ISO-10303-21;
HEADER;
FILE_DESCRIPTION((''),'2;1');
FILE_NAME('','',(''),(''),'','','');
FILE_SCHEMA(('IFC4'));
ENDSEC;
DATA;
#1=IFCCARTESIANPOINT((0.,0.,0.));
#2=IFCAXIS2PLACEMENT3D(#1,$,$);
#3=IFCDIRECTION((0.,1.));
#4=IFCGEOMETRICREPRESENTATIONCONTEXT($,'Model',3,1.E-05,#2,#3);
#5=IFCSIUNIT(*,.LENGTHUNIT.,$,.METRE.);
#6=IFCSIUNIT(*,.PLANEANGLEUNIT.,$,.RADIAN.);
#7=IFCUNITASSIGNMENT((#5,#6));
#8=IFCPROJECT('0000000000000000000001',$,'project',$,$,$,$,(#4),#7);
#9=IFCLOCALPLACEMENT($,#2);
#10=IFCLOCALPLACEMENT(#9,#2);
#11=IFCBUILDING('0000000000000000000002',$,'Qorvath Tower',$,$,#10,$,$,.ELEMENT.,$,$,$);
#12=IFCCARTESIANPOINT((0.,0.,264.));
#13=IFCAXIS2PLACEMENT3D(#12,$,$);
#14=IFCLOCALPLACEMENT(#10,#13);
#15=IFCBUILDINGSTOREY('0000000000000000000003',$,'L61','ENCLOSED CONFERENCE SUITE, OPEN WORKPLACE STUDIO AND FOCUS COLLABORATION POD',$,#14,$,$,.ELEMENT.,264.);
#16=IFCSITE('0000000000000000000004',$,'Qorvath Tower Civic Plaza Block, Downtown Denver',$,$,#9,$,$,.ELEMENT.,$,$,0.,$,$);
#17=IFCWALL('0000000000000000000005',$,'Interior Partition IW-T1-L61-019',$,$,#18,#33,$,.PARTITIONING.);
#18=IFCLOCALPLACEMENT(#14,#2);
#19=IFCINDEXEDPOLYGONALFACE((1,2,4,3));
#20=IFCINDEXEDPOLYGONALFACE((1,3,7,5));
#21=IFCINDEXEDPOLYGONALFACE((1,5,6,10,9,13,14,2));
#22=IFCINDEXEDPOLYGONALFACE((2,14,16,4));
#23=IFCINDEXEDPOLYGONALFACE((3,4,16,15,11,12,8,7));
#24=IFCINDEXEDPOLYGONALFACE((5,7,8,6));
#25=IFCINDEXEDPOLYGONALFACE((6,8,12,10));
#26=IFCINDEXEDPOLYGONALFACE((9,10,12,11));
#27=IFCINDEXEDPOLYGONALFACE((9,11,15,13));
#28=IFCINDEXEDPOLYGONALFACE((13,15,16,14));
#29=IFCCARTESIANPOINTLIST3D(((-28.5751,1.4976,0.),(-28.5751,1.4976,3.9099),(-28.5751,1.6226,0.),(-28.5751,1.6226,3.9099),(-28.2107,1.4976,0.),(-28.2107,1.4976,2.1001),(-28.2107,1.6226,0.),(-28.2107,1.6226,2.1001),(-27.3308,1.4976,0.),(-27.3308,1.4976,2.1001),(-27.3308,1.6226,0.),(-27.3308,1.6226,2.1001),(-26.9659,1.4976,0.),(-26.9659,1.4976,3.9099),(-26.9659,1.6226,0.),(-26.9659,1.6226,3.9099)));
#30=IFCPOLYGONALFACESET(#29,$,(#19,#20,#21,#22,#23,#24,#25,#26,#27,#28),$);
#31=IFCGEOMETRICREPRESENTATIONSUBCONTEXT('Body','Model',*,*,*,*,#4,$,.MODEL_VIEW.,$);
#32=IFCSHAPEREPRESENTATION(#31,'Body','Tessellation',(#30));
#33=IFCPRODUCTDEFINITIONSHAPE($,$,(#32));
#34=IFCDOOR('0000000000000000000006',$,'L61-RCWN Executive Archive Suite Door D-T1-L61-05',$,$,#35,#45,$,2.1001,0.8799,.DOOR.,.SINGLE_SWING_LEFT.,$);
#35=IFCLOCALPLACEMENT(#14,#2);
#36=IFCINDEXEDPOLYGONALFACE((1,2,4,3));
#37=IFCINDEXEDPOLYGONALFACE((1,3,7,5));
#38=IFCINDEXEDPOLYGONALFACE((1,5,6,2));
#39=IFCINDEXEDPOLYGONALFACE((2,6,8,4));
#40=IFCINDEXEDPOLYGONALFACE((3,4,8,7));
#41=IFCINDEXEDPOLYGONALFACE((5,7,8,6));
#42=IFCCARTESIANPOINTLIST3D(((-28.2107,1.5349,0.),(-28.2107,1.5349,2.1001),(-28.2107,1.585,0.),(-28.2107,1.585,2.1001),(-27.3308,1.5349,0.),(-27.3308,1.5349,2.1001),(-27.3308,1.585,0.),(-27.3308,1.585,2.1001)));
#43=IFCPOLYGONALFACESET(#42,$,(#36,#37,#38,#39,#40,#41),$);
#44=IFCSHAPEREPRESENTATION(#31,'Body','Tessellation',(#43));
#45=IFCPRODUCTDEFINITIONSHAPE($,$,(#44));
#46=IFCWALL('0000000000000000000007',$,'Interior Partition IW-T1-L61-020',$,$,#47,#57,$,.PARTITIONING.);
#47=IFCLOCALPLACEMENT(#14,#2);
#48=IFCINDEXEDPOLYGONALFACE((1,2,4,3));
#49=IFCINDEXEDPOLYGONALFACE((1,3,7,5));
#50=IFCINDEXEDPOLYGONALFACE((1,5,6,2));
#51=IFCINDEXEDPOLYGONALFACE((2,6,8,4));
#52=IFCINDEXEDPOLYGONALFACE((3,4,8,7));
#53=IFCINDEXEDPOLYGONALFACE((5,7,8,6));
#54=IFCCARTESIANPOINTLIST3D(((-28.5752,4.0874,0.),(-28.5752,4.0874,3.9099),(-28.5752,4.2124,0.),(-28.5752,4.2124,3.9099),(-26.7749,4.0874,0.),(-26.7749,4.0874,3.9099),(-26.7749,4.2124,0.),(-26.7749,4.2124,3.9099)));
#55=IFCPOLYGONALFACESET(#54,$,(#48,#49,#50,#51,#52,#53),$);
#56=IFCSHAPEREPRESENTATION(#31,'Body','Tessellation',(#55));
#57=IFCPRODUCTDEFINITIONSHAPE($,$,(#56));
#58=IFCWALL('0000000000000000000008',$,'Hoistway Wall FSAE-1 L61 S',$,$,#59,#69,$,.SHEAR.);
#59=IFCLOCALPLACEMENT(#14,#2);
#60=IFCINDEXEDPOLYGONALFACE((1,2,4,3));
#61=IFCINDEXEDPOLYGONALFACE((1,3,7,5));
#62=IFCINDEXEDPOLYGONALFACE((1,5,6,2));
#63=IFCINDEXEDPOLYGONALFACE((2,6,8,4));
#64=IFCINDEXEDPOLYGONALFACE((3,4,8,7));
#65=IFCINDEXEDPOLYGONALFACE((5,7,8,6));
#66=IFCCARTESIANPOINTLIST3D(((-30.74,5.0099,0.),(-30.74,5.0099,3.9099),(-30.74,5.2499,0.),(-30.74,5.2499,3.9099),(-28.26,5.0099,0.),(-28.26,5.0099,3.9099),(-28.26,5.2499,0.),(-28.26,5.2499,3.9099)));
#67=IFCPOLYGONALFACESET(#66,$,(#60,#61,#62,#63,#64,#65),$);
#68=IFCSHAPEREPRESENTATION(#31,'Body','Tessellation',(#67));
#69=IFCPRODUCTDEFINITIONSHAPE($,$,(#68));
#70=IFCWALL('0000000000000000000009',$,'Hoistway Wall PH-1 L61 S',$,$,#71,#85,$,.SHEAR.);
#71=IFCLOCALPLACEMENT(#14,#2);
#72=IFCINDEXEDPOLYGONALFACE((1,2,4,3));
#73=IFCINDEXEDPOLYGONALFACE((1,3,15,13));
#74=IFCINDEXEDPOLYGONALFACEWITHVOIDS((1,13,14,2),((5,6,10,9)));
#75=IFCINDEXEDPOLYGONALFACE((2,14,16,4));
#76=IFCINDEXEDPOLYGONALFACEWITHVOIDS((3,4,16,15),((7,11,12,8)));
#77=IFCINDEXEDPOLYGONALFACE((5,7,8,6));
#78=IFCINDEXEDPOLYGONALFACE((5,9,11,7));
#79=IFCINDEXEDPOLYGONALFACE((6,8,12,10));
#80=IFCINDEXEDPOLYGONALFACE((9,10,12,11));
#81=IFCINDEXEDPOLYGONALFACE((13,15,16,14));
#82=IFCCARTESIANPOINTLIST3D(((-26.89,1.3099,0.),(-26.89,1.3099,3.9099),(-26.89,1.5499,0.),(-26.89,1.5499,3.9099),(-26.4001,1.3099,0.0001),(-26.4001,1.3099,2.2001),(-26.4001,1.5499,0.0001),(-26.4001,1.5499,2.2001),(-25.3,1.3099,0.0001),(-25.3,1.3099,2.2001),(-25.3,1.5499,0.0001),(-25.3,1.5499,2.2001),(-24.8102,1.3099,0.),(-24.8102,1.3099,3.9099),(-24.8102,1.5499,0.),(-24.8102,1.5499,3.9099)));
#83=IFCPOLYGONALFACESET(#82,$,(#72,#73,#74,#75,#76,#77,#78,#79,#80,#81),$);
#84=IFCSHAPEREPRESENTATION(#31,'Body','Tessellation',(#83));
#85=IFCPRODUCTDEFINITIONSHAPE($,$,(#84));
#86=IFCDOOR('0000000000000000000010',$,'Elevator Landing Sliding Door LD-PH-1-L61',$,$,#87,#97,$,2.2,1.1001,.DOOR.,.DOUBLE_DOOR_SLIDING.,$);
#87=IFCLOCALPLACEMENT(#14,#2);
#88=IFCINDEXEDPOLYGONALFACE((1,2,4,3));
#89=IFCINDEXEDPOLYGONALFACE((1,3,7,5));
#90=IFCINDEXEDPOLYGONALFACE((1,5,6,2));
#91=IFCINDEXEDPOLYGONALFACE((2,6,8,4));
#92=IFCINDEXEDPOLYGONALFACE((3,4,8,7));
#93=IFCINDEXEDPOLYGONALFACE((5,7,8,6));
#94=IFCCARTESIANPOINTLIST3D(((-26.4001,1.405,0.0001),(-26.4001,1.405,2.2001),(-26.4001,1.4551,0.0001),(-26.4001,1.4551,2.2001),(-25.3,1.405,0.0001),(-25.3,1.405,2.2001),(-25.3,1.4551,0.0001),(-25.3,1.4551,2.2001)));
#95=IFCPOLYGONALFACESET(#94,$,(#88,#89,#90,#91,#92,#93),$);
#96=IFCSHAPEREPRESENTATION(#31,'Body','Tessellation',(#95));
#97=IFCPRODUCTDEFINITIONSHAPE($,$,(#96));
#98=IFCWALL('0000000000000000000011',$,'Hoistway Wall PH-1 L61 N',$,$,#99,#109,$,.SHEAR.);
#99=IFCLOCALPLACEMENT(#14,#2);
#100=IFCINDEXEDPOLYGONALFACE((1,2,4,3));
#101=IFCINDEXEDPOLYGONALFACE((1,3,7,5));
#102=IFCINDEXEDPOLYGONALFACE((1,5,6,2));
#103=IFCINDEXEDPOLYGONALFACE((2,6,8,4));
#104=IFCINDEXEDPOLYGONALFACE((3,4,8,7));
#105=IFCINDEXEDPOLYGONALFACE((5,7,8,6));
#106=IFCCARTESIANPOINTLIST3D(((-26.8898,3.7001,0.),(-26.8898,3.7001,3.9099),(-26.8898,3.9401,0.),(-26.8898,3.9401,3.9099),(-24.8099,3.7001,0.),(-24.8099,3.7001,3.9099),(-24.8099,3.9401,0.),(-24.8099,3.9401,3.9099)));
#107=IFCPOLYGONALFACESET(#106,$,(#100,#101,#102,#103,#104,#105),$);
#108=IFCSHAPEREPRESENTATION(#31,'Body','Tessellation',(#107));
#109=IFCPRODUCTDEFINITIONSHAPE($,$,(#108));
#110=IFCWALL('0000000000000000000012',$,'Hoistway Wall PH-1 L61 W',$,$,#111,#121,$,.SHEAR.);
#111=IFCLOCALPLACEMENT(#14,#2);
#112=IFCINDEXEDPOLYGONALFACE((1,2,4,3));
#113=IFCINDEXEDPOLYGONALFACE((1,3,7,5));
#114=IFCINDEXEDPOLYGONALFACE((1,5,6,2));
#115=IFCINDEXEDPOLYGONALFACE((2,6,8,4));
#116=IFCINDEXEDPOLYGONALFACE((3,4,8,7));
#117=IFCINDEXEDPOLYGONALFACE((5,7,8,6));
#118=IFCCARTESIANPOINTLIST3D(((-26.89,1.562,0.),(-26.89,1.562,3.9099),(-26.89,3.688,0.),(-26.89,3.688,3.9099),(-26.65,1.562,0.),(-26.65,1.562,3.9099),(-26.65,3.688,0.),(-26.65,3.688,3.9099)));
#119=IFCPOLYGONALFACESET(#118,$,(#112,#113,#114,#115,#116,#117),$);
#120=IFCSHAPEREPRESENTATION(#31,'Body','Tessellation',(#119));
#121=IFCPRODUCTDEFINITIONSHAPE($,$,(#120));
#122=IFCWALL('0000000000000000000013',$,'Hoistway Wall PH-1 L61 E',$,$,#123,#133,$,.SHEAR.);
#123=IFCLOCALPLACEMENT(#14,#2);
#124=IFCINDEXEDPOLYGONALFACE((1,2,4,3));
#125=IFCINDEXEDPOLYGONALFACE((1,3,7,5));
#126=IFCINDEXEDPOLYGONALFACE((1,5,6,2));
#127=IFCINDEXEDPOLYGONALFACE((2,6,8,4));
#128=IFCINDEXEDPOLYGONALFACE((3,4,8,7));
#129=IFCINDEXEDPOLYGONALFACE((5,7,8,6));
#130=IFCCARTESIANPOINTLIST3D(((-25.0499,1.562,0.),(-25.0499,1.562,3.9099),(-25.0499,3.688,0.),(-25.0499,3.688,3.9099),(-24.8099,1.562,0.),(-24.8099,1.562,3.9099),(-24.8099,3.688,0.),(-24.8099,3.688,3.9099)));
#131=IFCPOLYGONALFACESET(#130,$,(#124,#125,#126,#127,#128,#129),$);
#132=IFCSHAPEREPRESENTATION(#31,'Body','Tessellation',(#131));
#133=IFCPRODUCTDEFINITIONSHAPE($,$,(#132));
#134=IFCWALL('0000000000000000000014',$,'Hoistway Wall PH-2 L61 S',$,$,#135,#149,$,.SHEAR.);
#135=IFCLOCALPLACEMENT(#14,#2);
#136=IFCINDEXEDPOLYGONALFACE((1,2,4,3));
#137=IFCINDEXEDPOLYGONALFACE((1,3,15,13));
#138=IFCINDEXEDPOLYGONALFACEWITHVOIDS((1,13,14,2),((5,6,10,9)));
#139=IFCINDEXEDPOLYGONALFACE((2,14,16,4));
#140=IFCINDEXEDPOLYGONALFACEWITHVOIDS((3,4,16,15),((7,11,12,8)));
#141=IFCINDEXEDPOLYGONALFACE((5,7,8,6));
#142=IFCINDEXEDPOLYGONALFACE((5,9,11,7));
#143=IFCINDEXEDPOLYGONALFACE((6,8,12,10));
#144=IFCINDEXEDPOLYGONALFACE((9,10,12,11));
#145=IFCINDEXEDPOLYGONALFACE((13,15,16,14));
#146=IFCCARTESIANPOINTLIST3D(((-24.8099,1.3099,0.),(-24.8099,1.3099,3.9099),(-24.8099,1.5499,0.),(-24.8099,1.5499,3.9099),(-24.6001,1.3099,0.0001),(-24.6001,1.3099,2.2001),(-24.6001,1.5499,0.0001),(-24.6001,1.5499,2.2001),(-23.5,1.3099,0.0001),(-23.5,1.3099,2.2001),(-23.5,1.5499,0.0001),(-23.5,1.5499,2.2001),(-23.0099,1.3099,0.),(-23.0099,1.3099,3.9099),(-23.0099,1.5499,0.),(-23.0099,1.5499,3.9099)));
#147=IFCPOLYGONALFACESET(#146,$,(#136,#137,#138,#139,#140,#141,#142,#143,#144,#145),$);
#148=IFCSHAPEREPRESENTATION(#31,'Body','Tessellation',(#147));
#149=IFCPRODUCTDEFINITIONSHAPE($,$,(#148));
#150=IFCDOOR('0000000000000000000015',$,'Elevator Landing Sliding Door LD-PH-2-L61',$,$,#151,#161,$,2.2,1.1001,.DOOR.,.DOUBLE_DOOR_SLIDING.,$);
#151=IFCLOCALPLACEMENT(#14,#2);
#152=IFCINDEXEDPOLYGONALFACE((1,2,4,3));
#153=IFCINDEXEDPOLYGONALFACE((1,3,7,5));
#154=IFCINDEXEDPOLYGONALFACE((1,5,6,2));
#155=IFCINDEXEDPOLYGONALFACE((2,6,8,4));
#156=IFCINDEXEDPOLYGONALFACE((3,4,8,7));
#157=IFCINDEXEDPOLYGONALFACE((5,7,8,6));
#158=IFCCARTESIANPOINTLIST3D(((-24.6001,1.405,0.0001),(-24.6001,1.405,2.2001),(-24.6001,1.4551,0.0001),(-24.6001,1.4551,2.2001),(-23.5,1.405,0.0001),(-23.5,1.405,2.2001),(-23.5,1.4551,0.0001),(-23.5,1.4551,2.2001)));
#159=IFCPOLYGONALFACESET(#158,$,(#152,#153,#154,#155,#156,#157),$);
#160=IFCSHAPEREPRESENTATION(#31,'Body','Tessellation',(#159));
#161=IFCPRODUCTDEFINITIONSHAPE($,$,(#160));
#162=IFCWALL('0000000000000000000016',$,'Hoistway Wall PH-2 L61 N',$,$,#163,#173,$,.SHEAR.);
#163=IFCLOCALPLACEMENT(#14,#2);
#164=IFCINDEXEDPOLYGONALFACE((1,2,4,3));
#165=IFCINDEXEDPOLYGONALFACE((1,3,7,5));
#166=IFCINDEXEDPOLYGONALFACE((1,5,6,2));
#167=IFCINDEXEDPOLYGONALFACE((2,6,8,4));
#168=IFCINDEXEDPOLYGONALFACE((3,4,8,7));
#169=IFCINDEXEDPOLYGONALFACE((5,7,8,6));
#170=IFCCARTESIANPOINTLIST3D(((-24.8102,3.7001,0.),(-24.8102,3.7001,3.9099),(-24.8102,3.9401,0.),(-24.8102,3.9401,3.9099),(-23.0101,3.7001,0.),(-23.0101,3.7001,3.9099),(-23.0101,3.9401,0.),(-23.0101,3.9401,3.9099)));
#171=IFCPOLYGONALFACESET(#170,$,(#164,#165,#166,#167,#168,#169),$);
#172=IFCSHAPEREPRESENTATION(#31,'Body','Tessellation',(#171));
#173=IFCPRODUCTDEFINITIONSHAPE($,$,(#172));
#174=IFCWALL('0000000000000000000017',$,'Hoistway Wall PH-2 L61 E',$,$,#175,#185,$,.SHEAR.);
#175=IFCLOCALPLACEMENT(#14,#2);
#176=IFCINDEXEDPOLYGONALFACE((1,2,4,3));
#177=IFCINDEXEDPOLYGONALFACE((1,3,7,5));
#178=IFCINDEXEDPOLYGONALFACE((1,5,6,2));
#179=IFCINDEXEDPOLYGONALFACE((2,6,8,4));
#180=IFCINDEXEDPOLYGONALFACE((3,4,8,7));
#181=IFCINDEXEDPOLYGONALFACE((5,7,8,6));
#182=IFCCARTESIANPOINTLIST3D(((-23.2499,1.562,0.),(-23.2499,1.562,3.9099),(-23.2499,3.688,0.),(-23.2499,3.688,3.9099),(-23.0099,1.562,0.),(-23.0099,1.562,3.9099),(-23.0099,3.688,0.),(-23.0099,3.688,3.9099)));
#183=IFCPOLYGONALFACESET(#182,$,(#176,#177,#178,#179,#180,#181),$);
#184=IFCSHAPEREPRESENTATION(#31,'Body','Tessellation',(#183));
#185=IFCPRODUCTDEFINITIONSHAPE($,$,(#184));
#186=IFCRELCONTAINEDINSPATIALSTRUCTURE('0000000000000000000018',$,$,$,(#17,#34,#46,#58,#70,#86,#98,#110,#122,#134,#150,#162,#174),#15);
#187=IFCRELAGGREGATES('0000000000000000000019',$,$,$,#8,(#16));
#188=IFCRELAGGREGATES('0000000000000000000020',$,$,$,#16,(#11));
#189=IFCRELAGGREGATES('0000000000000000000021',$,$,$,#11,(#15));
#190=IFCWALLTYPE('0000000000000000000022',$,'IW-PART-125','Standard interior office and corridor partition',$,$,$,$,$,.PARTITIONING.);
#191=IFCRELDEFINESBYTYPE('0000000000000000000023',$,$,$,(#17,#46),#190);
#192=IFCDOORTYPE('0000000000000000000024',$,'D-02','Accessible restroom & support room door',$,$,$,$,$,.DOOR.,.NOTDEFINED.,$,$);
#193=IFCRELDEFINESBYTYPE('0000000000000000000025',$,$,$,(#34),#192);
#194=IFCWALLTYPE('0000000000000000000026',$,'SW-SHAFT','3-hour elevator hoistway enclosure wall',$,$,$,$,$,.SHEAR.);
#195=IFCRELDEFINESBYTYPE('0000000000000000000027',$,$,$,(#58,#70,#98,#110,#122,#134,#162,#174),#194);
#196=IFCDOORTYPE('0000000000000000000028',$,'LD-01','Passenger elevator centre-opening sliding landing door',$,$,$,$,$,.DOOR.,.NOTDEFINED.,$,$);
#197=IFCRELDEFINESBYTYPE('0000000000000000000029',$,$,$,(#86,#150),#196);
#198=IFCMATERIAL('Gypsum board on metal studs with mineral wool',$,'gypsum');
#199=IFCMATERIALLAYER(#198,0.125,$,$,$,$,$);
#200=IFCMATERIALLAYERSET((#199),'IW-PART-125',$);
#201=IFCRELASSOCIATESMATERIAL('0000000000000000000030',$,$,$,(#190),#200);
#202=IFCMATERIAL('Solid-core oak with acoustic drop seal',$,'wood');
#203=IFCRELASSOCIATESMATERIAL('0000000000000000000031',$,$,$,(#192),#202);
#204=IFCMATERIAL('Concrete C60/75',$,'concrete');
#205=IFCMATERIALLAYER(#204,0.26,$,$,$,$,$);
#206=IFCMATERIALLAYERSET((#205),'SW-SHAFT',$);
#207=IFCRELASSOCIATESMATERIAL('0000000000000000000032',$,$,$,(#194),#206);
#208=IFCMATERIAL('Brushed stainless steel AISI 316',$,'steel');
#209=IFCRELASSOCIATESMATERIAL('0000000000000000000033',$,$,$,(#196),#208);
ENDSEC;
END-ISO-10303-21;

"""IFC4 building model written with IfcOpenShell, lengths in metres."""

from ifc_helpers import new_model, si_unit, direction, frame, frame_2d, origin, place, context, subcontext, project, spatial, rectangle, extrude, material, layer, layer_set, type_object, element, fill, save


model = new_model("IFC4")

# Units and contexts
model_context = context("Model", 3, precision=1e-05, world=origin(), true_north=direction((0.0, 1.0)))
body_context = subcontext(model_context, "Body", "Model", "MODEL_VIEW")
ifc_project = project(units=[si_unit("LENGTHUNIT", "METRE"), si_unit("PLANEANGLEUNIT", "RADIAN")], contexts=[model_context])

# Site, building, storey
site_placement = place(None, origin())
site = spatial("IfcSite", under=ifc_project, at=site_placement, Name="Qorvath Tower Civic Plaza Block, Downtown Denver", CompositionType="ELEMENT", RefElevation=0.0)
building_placement = place(site_placement, origin())
building = spatial("IfcBuilding", under=site, at=building_placement, Name="Qorvath Tower", CompositionType="ELEMENT")
storey_placement = place(building_placement, frame((0.0, 0.0, 264.0)))
storey = spatial("IfcBuildingStorey", under=building, at=storey_placement, Name="L61", Description="ENCLOSED CONFERENCE SUITE, OPEN WORKPLACE STUDIO AND FOCUS COLLABORATION POD", CompositionType="ELEMENT", Elevation=264.0)

# Shared definitions
ifc_material_1 = material(Name="Gypsum board on metal studs with mineral wool", Category="gypsum")
ifc_layer_1 = layer(ifc_material_1, 0.125)
ifc_layer_set_1 = layer_set([ifc_layer_1], Name="IW-PART-125")
wall_type_1 = type_object("IfcWallType", Name="IW-PART-125", Description="Standard interior office and corridor partition", PredefinedType="PARTITIONING", material=ifc_layer_set_1)

# Wall, opening, door
wall_1_placement = place(storey_placement, frame((-28.5752, 1.5601, 0.0), z_axis=(0.0, 0.0, 1.0), x_axis=(1.0, 0.0, 0.0)))
wall_1 = element("IfcWall", 1, at=wall_1_placement, inside=storey, type_object=wall_type_1, Name="Interior Partition IW-T1-L61-019", PredefinedType="PARTITIONING", context=body_context, shape_type="SweptSolid", body=[
    extrude(rectangle(XDim=1.6091, YDim=0.125, at=frame_2d((0.8047, 0.0))), origin(), (0.0, 0.0, 1.0), 3.9099),
])
opening_1_placement = place(wall_1_placement, frame((0.3645, 0.0, 0.0)))
opening_1 = element("IfcOpeningElement", 2, at=opening_1_placement, cuts=wall_1, PredefinedType="OPENING", context=body_context, shape_type="SweptSolid", body=[
    extrude(rectangle(XDim=0.8799, YDim=2.1001, at=frame_2d((0.4399, 1.05))), frame((0.0, 0.0725, 0.0), z_axis=(0.0, -1.0, 0.0), x_axis=(1.0, 0.0, 0.0)), (0.0, 0.0, 1.0), 0.145),
])
ifc_material_2 = material(Name="Solid-core oak with acoustic drop seal", Category="wood")
door_type_1 = type_object("IfcDoorType", Name="D-02", Description="Accessible restroom & support room door", OperationType="NOTDEFINED", PredefinedType="DOOR", material=ifc_material_2)
door_1_placement = place(opening_1_placement, origin())
door_1 = element("IfcDoor", 3, at=door_1_placement, inside=storey, type_object=door_type_1, Name="L61-RCWN Executive Archive Suite Door D-T1-L61-05", OperationType="SINGLE_SWING_LEFT", OverallHeight=2.1001, OverallWidth=0.8799, PredefinedType="DOOR", context=body_context, shape_type="SweptSolid", body=[
    extrude(rectangle(XDim=0.8799, YDim=2.1001, at=frame_2d((0.4399, 1.05))), frame((0.0, 0.0249, 0.0), z_axis=(0.0, -1.0, 0.0), x_axis=(1.0, 0.0, 0.0)), (0.0, 0.0, 1.0), 0.05),
])
fill(opening_1, door_1)

# Walls
wall_2_placement = place(storey_placement, frame((-26.7749, 4.1499, 0.0), z_axis=(0.0, 0.0, 1.0), x_axis=(-1.0, 0.0, 0.0)))
element("IfcWall", 4, at=wall_2_placement, inside=storey, type_object=wall_type_1, Name="Interior Partition IW-T1-L61-020", PredefinedType="PARTITIONING", context=body_context, shape_type="SweptSolid", body=[
    extrude(rectangle(XDim=1.8003, YDim=0.125, at=frame_2d((0.9001, 0.0))), origin(), (0.0, 0.0, 1.0), 3.9099),
])
ifc_material_3 = material(Name="Concrete C60/75", Category="concrete")
ifc_layer_2 = layer(ifc_material_3, 0.26)
ifc_layer_set_2 = layer_set([ifc_layer_2], Name="SW-SHAFT")
wall_type_2 = type_object("IfcWallType", Name="SW-SHAFT", Description="3-hour elevator hoistway enclosure wall", PredefinedType="SHEAR", material=ifc_layer_set_2)
wall_3_placement = place(storey_placement, frame((-28.26, 5.1299, 0.0), z_axis=(0.0, 0.0, 1.0), x_axis=(-1.0, 0.0, 0.0)))
element("IfcWall", 5, at=wall_3_placement, inside=storey, type_object=wall_type_2, Name="Hoistway Wall FSAE-1 L61 S", PredefinedType="SHEAR", context=body_context, shape_type="SweptSolid", body=[
    extrude(rectangle(XDim=2.48, YDim=0.24, at=frame_2d((1.24, 0.0))), origin(), (0.0, 0.0, 1.0), 3.9099),
])

# Wall, opening, door
wall_4_placement = place(storey_placement, frame((-24.8101, 1.4299, 0.0), z_axis=(0.0, 0.0, 1.0), x_axis=(-1.0, 0.0, 0.0)))
wall_4 = element("IfcWall", 6, at=wall_4_placement, inside=storey, type_object=wall_type_2, Name="Hoistway Wall PH-1 L61 S", PredefinedType="SHEAR", context=body_context, shape_type="SweptSolid", body=[
    extrude(rectangle(XDim=2.0798, YDim=0.24, at=frame_2d((1.04, 0.0))), origin(), (0.0, 0.0, 1.0), 3.9099),
])
opening_2_placement = place(wall_4_placement, frame((0.49, 0.0, 0.0)))
opening_2 = element("IfcOpeningElement", 7, at=opening_2_placement, cuts=wall_4, PredefinedType="OPENING", context=body_context, shape_type="SweptSolid", body=[
    extrude(rectangle(XDim=1.1001, YDim=2.2, at=frame_2d((0.55, 1.1001))), frame((0.0, 0.1299, 0.0), z_axis=(0.0, -1.0, 0.0), x_axis=(1.0, 0.0, 0.0)), (0.0, 0.0, 1.0), 0.26),
])
ifc_material_4 = material(Name="Brushed stainless steel AISI 316", Category="steel")
door_type_2 = type_object("IfcDoorType", Name="LD-01", Description="Passenger elevator centre-opening sliding landing door", OperationType="NOTDEFINED", PredefinedType="DOOR", material=ifc_material_4)
door_2_placement = place(opening_2_placement, origin())
door_2 = element("IfcDoor", 8, at=door_2_placement, inside=storey, type_object=door_type_2, Name="Elevator Landing Sliding Door LD-PH-1-L61", OperationType="DOUBLE_DOOR_SLIDING", OverallHeight=2.2, OverallWidth=1.1001, PredefinedType="DOOR", context=body_context, shape_type="SweptSolid", body=[
    extrude(rectangle(XDim=1.1001, YDim=2.2, at=frame_2d((0.55, 1.1001))), frame((0.0, 0.0249, 0.0), z_axis=(0.0, -1.0, 0.0), x_axis=(1.0, 0.0, 0.0)), (0.0, 0.0, 1.0), 0.05),
])
fill(opening_2, door_2)

# Walls
wall_5_placement = place(storey_placement, frame((-26.8899, 3.8201, 0.0), z_axis=(0.0, 0.0, 1.0), x_axis=(1.0, 0.0, 0.0)))
element("IfcWall", 9, at=wall_5_placement, inside=storey, type_object=wall_type_2, Name="Hoistway Wall PH-1 L61 N", PredefinedType="SHEAR", context=body_context, shape_type="SweptSolid", body=[
    extrude(rectangle(XDim=2.0798, YDim=0.24, at=frame_2d((1.04, 0.0))), origin(), (0.0, 0.0, 1.0), 3.9099),
])
for number, where, z_axis, x_axis, name in (
    (10, (-26.77, 1.562, 0.0), (0.0, 0.0, 1.0), (0.0, 1.0, 0.0), "Hoistway Wall PH-1 L61 W"),
    (11, (-24.9299, 3.688, 0.0), (0.0, 0.0, 1.0), (0.0, -1.0, 0.0), "Hoistway Wall PH-1 L61 E"),
):
    element("IfcWall", number, at=place(storey_placement, frame(where, z_axis=z_axis, x_axis=x_axis)), inside=storey, type_object=wall_type_2, Name=name, PredefinedType="SHEAR", context=body_context, shape_type="SweptSolid", body=[
        extrude(rectangle(XDim=2.126, YDim=0.24, at=frame_2d((1.063, 0.0))), origin(), (0.0, 0.0, 1.0), 3.9099),
    ])

# Wall, opening, door
wall_6_placement = place(storey_placement, frame((-23.01, 1.4299, 0.0), z_axis=(0.0, 0.0, 1.0), x_axis=(-1.0, 0.0, 0.0)))
wall_6 = element("IfcWall", 12, at=wall_6_placement, inside=storey, type_object=wall_type_2, Name="Hoistway Wall PH-2 L61 S", PredefinedType="SHEAR", context=body_context, shape_type="SweptSolid", body=[
    extrude(rectangle(XDim=1.8, YDim=0.24, at=frame_2d((0.8999, 0.0))), origin(), (0.0, 0.0, 1.0), 3.9099),
])
opening_3_placement = place(wall_6_placement, frame((0.49, 0.0, 0.0)))
opening_3 = element("IfcOpeningElement", 13, at=opening_3_placement, cuts=wall_6, PredefinedType="OPENING", context=body_context, shape_type="SweptSolid", body=[
    extrude(rectangle(XDim=1.1001, YDim=2.2, at=frame_2d((0.55, 1.1001))), frame((0.0, 0.1299, 0.0), z_axis=(0.0, -1.0, 0.0), x_axis=(1.0, 0.0, 0.0)), (0.0, 0.0, 1.0), 0.26),
])
door_3_placement = place(opening_3_placement, origin())
door_3 = element("IfcDoor", 14, at=door_3_placement, inside=storey, type_object=door_type_2, Name="Elevator Landing Sliding Door LD-PH-2-L61", OperationType="DOUBLE_DOOR_SLIDING", OverallHeight=2.2, OverallWidth=1.1001, PredefinedType="DOOR", context=body_context, shape_type="SweptSolid", body=[
    extrude(rectangle(XDim=1.1001, YDim=2.2, at=frame_2d((0.55, 1.1001))), frame((0.0, 0.0249, 0.0), z_axis=(0.0, -1.0, 0.0), x_axis=(1.0, 0.0, 0.0)), (0.0, 0.0, 1.0), 0.05),
])
fill(opening_3, door_3)

# Walls
wall_7_placement = place(storey_placement, frame((-24.8101, 3.8201, 0.0), z_axis=(0.0, 0.0, 1.0), x_axis=(1.0, 0.0, 0.0)))
element("IfcWall", 15, at=wall_7_placement, inside=storey, type_object=wall_type_2, Name="Hoistway Wall PH-2 L61 N", PredefinedType="SHEAR", context=body_context, shape_type="SweptSolid", body=[
    extrude(rectangle(XDim=1.8, YDim=0.24, at=frame_2d((0.8999, 0.0))), origin(), (0.0, 0.0, 1.0), 3.9099),
])
wall_8_placement = place(storey_placement, frame((-23.1299, 3.688, 0.0), z_axis=(0.0, 0.0, 1.0), x_axis=(0.0, -1.0, 0.0)))
element("IfcWall", 16, at=wall_8_placement, inside=storey, type_object=wall_type_2, Name="Hoistway Wall PH-2 L61 E", PredefinedType="SHEAR", context=body_context, shape_type="SweptSolid", body=[
    extrude(rectangle(XDim=2.126, YDim=0.24, at=frame_2d((1.063, 0.0))), origin(), (0.0, 0.0, 1.0), 3.9099),
])

save(model, "model.ifc")
